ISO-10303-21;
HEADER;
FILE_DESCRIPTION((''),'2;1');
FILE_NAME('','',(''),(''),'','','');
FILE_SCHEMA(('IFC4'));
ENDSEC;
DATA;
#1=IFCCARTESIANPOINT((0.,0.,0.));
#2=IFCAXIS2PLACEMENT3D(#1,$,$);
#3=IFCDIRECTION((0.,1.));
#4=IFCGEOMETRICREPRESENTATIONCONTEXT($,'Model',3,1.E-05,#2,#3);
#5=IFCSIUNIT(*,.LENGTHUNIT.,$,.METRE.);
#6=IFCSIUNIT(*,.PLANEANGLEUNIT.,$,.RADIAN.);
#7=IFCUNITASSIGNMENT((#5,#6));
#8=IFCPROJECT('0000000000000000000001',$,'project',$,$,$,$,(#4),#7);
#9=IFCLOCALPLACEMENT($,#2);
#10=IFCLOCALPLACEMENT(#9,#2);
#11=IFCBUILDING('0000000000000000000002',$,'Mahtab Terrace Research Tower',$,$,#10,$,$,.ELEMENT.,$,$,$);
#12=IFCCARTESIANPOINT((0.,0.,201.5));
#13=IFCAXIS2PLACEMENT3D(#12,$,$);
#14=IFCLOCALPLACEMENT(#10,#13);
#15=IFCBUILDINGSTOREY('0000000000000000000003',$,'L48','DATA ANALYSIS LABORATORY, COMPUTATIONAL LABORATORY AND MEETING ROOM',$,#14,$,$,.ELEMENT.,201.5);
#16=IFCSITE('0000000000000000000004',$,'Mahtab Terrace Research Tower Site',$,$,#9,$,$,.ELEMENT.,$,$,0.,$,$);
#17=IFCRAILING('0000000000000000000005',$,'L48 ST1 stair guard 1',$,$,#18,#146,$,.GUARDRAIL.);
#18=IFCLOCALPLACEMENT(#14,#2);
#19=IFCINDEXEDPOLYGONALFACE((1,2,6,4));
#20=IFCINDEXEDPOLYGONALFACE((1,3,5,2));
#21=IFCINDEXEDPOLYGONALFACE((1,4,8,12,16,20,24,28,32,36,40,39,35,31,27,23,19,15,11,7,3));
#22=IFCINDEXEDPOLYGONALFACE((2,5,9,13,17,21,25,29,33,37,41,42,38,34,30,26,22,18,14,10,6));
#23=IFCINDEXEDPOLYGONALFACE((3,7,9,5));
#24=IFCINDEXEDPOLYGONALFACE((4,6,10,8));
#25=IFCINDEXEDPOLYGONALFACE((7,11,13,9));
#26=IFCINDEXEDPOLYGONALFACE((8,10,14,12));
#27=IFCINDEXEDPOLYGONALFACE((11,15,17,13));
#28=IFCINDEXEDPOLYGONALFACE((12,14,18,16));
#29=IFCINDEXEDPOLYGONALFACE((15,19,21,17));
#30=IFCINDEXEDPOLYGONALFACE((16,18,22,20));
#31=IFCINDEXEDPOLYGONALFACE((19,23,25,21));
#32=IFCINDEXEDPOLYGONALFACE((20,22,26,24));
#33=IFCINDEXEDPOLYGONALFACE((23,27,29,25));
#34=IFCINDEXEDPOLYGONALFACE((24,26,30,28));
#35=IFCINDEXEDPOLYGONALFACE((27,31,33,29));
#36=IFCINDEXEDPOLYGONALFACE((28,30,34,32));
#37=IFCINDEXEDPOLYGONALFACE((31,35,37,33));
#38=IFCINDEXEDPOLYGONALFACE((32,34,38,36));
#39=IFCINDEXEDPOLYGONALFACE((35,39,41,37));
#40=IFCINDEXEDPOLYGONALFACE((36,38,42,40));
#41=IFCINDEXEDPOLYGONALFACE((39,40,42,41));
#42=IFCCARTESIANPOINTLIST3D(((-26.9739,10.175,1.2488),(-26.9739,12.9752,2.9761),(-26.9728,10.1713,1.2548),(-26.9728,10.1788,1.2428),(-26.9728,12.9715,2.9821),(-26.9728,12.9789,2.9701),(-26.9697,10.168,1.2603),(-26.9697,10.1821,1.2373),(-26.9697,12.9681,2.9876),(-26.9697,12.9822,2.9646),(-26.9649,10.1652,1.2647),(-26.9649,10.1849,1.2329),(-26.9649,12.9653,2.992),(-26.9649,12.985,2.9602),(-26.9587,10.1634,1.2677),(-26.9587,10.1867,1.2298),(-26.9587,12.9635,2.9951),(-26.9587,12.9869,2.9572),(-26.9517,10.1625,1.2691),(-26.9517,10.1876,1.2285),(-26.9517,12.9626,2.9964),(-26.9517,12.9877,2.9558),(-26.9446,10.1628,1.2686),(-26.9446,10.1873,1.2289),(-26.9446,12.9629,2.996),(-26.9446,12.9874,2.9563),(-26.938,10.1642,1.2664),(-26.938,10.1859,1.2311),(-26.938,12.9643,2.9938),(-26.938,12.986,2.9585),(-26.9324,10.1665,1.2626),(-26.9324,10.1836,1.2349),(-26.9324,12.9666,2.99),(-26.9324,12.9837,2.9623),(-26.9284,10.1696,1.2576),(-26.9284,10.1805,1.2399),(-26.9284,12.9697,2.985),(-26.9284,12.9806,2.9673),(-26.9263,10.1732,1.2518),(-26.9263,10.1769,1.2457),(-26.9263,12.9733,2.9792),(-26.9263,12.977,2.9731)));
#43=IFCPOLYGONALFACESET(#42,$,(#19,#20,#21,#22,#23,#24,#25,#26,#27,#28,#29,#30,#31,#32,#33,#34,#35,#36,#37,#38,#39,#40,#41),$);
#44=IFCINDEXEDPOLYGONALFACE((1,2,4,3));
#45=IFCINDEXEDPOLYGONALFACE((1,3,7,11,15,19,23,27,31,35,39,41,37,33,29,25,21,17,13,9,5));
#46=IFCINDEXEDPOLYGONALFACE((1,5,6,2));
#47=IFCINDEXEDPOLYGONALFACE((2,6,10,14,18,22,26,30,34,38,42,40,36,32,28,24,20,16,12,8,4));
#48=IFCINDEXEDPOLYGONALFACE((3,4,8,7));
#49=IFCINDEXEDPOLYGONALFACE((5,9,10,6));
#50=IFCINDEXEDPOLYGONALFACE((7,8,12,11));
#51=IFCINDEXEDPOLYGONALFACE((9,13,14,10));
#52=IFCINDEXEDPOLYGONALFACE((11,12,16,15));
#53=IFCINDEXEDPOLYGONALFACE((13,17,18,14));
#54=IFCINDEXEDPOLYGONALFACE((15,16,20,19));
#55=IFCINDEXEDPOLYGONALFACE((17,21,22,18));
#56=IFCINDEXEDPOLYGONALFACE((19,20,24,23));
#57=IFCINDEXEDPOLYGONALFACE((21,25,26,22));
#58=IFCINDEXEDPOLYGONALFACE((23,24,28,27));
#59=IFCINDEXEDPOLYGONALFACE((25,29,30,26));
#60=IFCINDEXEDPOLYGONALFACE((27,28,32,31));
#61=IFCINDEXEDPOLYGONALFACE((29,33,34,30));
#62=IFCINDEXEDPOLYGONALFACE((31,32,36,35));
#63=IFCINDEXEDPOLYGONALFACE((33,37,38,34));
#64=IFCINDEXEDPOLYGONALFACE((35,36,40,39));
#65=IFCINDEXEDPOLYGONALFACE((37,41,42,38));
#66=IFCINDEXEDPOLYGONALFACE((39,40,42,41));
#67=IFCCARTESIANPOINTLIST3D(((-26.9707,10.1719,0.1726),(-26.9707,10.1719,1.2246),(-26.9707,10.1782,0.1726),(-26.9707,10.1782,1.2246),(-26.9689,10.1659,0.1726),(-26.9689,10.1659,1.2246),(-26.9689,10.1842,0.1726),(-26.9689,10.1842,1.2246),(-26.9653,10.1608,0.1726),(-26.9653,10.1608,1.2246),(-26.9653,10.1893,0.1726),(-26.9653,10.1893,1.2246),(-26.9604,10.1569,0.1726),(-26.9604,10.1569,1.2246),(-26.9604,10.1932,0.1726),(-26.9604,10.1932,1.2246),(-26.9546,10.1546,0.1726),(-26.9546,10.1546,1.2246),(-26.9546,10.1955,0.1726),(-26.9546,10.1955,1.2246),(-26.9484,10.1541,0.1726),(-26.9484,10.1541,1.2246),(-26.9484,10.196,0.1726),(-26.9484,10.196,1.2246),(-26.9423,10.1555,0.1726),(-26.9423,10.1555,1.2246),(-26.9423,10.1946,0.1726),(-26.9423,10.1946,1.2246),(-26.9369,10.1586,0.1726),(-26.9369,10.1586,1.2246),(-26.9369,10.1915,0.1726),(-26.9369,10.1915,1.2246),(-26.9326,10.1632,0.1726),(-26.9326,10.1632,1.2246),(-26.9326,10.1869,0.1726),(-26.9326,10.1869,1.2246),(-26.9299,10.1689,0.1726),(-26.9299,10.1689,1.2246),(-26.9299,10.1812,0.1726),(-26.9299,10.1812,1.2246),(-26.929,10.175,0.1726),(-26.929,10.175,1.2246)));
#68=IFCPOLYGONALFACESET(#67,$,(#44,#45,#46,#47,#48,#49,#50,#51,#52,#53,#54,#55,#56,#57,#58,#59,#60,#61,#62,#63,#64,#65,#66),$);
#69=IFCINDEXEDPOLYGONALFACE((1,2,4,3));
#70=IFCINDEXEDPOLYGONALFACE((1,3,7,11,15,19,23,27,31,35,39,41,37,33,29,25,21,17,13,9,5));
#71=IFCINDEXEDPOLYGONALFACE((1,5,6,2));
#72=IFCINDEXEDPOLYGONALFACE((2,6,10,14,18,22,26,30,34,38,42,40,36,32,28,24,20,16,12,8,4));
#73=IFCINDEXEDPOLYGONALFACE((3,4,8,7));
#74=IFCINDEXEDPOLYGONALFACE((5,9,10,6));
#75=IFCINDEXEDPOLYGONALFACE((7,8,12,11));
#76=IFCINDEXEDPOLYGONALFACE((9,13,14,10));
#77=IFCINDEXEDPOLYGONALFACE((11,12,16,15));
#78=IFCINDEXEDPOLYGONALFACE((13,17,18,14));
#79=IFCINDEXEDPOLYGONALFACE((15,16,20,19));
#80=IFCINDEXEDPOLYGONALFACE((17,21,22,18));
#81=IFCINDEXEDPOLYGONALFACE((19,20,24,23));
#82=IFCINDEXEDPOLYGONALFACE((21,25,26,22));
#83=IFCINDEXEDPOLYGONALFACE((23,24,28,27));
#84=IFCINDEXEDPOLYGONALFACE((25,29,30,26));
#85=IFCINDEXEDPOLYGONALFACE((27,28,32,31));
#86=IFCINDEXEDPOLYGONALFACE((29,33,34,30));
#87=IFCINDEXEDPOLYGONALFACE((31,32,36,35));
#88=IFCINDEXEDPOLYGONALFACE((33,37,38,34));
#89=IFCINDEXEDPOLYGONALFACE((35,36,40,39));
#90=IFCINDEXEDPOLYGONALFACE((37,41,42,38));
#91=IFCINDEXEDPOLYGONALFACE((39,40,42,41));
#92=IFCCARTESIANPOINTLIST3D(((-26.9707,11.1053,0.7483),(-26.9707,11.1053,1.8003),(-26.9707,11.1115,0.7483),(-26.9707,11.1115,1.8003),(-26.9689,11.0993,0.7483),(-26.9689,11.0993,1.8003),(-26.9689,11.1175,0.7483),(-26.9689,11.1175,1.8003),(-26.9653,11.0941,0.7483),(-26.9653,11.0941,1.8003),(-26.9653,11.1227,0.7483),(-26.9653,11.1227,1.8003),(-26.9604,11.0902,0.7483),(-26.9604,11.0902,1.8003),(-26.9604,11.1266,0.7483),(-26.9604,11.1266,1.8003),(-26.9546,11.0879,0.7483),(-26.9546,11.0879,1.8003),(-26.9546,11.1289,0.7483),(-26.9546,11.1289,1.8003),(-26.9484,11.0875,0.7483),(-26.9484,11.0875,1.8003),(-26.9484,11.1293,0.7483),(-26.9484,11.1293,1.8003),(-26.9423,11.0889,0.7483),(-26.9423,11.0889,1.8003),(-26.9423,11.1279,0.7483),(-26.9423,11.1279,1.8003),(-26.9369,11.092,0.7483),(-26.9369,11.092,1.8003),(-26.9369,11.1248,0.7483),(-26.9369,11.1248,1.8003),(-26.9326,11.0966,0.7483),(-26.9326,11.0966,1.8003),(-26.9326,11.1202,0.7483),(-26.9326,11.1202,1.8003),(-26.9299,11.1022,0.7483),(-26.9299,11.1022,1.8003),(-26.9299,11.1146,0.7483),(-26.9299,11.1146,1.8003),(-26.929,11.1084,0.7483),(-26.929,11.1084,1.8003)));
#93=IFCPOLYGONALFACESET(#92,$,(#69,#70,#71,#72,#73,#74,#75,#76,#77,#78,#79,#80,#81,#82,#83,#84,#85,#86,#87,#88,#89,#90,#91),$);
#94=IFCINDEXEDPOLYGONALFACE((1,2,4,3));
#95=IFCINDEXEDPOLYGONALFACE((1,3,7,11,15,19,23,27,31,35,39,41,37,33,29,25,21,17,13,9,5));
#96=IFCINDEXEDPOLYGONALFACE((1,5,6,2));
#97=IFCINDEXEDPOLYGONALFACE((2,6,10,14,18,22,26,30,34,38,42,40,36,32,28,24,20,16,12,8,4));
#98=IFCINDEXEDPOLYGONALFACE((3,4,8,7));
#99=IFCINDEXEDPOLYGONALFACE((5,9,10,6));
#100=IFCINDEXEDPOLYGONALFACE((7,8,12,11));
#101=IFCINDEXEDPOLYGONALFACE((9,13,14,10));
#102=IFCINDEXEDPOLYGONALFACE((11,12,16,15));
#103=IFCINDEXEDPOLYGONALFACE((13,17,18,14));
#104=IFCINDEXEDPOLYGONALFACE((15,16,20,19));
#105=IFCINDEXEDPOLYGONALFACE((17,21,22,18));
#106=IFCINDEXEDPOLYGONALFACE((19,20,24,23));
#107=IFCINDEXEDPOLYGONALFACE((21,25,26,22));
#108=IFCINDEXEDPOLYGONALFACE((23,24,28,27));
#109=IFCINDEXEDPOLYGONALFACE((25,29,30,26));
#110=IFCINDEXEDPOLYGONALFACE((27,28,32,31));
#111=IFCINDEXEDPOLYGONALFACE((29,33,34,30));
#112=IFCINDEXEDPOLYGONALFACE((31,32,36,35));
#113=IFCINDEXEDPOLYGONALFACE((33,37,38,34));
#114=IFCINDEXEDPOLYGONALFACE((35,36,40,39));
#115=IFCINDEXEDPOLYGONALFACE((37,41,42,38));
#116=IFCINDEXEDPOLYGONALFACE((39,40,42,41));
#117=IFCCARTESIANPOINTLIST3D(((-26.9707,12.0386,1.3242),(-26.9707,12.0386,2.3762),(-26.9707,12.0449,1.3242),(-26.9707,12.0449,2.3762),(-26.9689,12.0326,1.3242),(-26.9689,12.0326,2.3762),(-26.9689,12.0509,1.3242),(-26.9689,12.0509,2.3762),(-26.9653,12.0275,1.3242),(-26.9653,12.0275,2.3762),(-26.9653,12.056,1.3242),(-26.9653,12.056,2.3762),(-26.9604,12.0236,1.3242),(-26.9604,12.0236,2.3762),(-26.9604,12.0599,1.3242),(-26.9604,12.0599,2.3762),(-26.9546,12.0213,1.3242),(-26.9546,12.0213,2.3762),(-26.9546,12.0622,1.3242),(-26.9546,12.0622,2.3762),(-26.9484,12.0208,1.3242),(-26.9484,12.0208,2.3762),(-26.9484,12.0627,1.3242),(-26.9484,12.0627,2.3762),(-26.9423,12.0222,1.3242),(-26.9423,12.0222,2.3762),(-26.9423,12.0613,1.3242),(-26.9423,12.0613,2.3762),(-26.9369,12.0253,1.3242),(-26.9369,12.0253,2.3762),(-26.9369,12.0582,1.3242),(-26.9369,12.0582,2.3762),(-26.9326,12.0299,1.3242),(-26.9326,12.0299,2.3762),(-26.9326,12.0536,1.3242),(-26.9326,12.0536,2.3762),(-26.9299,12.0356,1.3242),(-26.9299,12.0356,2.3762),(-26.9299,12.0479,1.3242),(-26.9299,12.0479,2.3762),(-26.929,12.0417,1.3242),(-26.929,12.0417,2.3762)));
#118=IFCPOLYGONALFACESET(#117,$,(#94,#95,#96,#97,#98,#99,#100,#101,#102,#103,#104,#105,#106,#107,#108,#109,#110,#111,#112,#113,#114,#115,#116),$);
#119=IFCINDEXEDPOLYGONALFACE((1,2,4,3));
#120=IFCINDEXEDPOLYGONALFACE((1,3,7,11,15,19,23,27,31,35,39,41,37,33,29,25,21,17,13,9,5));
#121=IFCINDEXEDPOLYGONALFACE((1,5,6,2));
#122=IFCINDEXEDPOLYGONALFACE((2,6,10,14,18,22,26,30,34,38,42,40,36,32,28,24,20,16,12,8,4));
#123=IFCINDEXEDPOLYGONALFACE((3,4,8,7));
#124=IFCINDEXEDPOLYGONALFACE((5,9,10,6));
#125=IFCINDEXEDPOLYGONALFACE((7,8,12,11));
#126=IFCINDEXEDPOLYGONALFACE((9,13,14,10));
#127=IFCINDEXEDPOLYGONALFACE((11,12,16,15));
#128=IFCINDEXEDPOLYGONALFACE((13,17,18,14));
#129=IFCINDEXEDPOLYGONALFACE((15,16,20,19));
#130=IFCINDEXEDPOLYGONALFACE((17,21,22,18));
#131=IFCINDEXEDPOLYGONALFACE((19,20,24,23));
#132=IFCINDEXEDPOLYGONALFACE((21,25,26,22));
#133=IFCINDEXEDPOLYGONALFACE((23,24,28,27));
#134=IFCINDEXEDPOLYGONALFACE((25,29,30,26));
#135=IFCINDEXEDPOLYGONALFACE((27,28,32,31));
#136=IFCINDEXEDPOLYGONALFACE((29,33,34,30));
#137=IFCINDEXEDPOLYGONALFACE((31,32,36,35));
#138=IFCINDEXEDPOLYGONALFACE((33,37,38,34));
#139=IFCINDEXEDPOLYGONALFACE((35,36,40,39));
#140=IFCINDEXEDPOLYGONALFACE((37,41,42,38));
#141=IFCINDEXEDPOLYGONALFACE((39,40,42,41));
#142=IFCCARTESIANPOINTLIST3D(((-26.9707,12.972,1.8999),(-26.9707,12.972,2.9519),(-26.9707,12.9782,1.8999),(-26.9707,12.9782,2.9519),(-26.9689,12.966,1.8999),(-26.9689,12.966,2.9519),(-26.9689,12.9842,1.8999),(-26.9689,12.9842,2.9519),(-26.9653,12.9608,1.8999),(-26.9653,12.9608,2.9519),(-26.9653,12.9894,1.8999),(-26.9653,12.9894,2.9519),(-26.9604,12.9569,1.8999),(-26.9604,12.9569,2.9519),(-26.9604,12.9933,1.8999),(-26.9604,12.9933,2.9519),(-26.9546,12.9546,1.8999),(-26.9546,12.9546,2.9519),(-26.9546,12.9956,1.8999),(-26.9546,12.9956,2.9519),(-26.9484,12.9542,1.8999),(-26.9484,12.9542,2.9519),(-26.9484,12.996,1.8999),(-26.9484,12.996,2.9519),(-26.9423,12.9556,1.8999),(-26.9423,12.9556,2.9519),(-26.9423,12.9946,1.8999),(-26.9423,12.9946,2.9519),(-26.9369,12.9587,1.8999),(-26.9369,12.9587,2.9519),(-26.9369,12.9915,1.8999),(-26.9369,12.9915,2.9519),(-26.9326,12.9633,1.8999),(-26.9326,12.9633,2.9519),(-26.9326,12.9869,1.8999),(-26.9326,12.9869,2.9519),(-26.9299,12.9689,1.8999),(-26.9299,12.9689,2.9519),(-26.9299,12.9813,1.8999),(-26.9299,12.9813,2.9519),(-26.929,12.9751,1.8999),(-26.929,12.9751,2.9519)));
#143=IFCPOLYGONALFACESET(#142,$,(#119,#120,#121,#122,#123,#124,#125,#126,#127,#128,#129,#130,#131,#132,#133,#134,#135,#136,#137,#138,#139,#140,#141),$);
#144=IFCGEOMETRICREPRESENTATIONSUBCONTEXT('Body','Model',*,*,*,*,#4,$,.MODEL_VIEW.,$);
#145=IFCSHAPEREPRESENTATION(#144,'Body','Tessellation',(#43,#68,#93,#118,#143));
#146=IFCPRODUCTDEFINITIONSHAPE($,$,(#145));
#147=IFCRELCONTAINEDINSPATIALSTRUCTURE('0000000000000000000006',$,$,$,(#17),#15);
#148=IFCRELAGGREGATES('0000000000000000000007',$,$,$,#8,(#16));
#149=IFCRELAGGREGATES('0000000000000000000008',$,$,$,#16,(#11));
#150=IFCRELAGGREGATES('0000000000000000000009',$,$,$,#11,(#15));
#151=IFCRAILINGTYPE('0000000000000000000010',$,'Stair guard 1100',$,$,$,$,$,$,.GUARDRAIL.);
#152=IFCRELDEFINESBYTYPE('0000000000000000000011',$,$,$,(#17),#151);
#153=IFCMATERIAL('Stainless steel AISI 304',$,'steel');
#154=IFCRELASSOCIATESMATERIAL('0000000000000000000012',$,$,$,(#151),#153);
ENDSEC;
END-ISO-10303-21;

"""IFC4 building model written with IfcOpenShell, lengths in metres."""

from ifc_helpers import new_model, si_unit, direction, frame, origin, origin_2d, place, context, subcontext, project, spatial, circle, extrude, material, type_object, element, save


model = new_model("IFC4")

# Units and contexts
model_context = context("Model", 3, precision=1e-05, world=origin(), true_north=direction((0.0, 1.0)))
body_context = subcontext(model_context, "Body", "Model", "MODEL_VIEW")
ifc_project = project(units=[si_unit("LENGTHUNIT", "METRE"), si_unit("PLANEANGLEUNIT", "RADIAN")], contexts=[model_context])

# Site, building, storey
site_placement = place(None, origin())
site = spatial("IfcSite", under=ifc_project, at=site_placement, Name="Mahtab Terrace Research Tower Site", CompositionType="ELEMENT", RefElevation=0.0)
building_placement = place(site_placement, origin())
building = spatial("IfcBuilding", under=site, at=building_placement, Name="Mahtab Terrace Research Tower", CompositionType="ELEMENT")
storey_placement = place(building_placement, frame((0.0, 0.0, 201.5)))
storey = spatial("IfcBuildingStorey", under=building, at=storey_placement, Name="L48", Description="DATA ANALYSIS LABORATORY, COMPUTATIONAL LABORATORY AND MEETING ROOM", CompositionType="ELEMENT", Elevation=201.5)

# Railing
ifc_material_1 = material(Name="Stainless steel AISI 304", Category="steel")
railing_type_1 = type_object("IfcRailingType", Name="Stair guard 1100", PredefinedType="GUARDRAIL", material=ifc_material_1)
railing_1_placement = place(storey_placement, frame((-26.95, 10.175, 0.1726)))
element("IfcRailing", 1, at=railing_1_placement, inside=storey, type_object=railing_type_1, Name="L48 ST1 stair guard 1", PredefinedType="GUARDRAIL", context=body_context, shape_type="SweptSolid", body=[
    extrude(circle(Radius=0.0239, at=origin_2d()), frame((0.0, 0.0, 1.0762), z_axis=(0.0, 0.85109, 0.52502), x_axis=(-1.0, 0.0, 0.0)), (0.0, 0.0, 1.0), 3.29),
    extrude(circle(Radius=0.021, at=origin_2d()), origin(), (0.0, 0.0, 1.0), 1.052),
    extrude(circle(Radius=0.021, at=origin_2d()), frame((0.0, 0.9333, 0.5757)), (0.0, 0.0, 1.0), 1.052),
    extrude(circle(Radius=0.021, at=origin_2d()), frame((0.0, 1.8667, 1.1516)), (0.0, 0.0, 1.0), 1.052),
    extrude(circle(Radius=0.021, at=origin_2d()), frame((0.0, 2.8, 1.7273)), (0.0, 0.0, 1.0), 1.052),
])

save(model, "model.ifc")
